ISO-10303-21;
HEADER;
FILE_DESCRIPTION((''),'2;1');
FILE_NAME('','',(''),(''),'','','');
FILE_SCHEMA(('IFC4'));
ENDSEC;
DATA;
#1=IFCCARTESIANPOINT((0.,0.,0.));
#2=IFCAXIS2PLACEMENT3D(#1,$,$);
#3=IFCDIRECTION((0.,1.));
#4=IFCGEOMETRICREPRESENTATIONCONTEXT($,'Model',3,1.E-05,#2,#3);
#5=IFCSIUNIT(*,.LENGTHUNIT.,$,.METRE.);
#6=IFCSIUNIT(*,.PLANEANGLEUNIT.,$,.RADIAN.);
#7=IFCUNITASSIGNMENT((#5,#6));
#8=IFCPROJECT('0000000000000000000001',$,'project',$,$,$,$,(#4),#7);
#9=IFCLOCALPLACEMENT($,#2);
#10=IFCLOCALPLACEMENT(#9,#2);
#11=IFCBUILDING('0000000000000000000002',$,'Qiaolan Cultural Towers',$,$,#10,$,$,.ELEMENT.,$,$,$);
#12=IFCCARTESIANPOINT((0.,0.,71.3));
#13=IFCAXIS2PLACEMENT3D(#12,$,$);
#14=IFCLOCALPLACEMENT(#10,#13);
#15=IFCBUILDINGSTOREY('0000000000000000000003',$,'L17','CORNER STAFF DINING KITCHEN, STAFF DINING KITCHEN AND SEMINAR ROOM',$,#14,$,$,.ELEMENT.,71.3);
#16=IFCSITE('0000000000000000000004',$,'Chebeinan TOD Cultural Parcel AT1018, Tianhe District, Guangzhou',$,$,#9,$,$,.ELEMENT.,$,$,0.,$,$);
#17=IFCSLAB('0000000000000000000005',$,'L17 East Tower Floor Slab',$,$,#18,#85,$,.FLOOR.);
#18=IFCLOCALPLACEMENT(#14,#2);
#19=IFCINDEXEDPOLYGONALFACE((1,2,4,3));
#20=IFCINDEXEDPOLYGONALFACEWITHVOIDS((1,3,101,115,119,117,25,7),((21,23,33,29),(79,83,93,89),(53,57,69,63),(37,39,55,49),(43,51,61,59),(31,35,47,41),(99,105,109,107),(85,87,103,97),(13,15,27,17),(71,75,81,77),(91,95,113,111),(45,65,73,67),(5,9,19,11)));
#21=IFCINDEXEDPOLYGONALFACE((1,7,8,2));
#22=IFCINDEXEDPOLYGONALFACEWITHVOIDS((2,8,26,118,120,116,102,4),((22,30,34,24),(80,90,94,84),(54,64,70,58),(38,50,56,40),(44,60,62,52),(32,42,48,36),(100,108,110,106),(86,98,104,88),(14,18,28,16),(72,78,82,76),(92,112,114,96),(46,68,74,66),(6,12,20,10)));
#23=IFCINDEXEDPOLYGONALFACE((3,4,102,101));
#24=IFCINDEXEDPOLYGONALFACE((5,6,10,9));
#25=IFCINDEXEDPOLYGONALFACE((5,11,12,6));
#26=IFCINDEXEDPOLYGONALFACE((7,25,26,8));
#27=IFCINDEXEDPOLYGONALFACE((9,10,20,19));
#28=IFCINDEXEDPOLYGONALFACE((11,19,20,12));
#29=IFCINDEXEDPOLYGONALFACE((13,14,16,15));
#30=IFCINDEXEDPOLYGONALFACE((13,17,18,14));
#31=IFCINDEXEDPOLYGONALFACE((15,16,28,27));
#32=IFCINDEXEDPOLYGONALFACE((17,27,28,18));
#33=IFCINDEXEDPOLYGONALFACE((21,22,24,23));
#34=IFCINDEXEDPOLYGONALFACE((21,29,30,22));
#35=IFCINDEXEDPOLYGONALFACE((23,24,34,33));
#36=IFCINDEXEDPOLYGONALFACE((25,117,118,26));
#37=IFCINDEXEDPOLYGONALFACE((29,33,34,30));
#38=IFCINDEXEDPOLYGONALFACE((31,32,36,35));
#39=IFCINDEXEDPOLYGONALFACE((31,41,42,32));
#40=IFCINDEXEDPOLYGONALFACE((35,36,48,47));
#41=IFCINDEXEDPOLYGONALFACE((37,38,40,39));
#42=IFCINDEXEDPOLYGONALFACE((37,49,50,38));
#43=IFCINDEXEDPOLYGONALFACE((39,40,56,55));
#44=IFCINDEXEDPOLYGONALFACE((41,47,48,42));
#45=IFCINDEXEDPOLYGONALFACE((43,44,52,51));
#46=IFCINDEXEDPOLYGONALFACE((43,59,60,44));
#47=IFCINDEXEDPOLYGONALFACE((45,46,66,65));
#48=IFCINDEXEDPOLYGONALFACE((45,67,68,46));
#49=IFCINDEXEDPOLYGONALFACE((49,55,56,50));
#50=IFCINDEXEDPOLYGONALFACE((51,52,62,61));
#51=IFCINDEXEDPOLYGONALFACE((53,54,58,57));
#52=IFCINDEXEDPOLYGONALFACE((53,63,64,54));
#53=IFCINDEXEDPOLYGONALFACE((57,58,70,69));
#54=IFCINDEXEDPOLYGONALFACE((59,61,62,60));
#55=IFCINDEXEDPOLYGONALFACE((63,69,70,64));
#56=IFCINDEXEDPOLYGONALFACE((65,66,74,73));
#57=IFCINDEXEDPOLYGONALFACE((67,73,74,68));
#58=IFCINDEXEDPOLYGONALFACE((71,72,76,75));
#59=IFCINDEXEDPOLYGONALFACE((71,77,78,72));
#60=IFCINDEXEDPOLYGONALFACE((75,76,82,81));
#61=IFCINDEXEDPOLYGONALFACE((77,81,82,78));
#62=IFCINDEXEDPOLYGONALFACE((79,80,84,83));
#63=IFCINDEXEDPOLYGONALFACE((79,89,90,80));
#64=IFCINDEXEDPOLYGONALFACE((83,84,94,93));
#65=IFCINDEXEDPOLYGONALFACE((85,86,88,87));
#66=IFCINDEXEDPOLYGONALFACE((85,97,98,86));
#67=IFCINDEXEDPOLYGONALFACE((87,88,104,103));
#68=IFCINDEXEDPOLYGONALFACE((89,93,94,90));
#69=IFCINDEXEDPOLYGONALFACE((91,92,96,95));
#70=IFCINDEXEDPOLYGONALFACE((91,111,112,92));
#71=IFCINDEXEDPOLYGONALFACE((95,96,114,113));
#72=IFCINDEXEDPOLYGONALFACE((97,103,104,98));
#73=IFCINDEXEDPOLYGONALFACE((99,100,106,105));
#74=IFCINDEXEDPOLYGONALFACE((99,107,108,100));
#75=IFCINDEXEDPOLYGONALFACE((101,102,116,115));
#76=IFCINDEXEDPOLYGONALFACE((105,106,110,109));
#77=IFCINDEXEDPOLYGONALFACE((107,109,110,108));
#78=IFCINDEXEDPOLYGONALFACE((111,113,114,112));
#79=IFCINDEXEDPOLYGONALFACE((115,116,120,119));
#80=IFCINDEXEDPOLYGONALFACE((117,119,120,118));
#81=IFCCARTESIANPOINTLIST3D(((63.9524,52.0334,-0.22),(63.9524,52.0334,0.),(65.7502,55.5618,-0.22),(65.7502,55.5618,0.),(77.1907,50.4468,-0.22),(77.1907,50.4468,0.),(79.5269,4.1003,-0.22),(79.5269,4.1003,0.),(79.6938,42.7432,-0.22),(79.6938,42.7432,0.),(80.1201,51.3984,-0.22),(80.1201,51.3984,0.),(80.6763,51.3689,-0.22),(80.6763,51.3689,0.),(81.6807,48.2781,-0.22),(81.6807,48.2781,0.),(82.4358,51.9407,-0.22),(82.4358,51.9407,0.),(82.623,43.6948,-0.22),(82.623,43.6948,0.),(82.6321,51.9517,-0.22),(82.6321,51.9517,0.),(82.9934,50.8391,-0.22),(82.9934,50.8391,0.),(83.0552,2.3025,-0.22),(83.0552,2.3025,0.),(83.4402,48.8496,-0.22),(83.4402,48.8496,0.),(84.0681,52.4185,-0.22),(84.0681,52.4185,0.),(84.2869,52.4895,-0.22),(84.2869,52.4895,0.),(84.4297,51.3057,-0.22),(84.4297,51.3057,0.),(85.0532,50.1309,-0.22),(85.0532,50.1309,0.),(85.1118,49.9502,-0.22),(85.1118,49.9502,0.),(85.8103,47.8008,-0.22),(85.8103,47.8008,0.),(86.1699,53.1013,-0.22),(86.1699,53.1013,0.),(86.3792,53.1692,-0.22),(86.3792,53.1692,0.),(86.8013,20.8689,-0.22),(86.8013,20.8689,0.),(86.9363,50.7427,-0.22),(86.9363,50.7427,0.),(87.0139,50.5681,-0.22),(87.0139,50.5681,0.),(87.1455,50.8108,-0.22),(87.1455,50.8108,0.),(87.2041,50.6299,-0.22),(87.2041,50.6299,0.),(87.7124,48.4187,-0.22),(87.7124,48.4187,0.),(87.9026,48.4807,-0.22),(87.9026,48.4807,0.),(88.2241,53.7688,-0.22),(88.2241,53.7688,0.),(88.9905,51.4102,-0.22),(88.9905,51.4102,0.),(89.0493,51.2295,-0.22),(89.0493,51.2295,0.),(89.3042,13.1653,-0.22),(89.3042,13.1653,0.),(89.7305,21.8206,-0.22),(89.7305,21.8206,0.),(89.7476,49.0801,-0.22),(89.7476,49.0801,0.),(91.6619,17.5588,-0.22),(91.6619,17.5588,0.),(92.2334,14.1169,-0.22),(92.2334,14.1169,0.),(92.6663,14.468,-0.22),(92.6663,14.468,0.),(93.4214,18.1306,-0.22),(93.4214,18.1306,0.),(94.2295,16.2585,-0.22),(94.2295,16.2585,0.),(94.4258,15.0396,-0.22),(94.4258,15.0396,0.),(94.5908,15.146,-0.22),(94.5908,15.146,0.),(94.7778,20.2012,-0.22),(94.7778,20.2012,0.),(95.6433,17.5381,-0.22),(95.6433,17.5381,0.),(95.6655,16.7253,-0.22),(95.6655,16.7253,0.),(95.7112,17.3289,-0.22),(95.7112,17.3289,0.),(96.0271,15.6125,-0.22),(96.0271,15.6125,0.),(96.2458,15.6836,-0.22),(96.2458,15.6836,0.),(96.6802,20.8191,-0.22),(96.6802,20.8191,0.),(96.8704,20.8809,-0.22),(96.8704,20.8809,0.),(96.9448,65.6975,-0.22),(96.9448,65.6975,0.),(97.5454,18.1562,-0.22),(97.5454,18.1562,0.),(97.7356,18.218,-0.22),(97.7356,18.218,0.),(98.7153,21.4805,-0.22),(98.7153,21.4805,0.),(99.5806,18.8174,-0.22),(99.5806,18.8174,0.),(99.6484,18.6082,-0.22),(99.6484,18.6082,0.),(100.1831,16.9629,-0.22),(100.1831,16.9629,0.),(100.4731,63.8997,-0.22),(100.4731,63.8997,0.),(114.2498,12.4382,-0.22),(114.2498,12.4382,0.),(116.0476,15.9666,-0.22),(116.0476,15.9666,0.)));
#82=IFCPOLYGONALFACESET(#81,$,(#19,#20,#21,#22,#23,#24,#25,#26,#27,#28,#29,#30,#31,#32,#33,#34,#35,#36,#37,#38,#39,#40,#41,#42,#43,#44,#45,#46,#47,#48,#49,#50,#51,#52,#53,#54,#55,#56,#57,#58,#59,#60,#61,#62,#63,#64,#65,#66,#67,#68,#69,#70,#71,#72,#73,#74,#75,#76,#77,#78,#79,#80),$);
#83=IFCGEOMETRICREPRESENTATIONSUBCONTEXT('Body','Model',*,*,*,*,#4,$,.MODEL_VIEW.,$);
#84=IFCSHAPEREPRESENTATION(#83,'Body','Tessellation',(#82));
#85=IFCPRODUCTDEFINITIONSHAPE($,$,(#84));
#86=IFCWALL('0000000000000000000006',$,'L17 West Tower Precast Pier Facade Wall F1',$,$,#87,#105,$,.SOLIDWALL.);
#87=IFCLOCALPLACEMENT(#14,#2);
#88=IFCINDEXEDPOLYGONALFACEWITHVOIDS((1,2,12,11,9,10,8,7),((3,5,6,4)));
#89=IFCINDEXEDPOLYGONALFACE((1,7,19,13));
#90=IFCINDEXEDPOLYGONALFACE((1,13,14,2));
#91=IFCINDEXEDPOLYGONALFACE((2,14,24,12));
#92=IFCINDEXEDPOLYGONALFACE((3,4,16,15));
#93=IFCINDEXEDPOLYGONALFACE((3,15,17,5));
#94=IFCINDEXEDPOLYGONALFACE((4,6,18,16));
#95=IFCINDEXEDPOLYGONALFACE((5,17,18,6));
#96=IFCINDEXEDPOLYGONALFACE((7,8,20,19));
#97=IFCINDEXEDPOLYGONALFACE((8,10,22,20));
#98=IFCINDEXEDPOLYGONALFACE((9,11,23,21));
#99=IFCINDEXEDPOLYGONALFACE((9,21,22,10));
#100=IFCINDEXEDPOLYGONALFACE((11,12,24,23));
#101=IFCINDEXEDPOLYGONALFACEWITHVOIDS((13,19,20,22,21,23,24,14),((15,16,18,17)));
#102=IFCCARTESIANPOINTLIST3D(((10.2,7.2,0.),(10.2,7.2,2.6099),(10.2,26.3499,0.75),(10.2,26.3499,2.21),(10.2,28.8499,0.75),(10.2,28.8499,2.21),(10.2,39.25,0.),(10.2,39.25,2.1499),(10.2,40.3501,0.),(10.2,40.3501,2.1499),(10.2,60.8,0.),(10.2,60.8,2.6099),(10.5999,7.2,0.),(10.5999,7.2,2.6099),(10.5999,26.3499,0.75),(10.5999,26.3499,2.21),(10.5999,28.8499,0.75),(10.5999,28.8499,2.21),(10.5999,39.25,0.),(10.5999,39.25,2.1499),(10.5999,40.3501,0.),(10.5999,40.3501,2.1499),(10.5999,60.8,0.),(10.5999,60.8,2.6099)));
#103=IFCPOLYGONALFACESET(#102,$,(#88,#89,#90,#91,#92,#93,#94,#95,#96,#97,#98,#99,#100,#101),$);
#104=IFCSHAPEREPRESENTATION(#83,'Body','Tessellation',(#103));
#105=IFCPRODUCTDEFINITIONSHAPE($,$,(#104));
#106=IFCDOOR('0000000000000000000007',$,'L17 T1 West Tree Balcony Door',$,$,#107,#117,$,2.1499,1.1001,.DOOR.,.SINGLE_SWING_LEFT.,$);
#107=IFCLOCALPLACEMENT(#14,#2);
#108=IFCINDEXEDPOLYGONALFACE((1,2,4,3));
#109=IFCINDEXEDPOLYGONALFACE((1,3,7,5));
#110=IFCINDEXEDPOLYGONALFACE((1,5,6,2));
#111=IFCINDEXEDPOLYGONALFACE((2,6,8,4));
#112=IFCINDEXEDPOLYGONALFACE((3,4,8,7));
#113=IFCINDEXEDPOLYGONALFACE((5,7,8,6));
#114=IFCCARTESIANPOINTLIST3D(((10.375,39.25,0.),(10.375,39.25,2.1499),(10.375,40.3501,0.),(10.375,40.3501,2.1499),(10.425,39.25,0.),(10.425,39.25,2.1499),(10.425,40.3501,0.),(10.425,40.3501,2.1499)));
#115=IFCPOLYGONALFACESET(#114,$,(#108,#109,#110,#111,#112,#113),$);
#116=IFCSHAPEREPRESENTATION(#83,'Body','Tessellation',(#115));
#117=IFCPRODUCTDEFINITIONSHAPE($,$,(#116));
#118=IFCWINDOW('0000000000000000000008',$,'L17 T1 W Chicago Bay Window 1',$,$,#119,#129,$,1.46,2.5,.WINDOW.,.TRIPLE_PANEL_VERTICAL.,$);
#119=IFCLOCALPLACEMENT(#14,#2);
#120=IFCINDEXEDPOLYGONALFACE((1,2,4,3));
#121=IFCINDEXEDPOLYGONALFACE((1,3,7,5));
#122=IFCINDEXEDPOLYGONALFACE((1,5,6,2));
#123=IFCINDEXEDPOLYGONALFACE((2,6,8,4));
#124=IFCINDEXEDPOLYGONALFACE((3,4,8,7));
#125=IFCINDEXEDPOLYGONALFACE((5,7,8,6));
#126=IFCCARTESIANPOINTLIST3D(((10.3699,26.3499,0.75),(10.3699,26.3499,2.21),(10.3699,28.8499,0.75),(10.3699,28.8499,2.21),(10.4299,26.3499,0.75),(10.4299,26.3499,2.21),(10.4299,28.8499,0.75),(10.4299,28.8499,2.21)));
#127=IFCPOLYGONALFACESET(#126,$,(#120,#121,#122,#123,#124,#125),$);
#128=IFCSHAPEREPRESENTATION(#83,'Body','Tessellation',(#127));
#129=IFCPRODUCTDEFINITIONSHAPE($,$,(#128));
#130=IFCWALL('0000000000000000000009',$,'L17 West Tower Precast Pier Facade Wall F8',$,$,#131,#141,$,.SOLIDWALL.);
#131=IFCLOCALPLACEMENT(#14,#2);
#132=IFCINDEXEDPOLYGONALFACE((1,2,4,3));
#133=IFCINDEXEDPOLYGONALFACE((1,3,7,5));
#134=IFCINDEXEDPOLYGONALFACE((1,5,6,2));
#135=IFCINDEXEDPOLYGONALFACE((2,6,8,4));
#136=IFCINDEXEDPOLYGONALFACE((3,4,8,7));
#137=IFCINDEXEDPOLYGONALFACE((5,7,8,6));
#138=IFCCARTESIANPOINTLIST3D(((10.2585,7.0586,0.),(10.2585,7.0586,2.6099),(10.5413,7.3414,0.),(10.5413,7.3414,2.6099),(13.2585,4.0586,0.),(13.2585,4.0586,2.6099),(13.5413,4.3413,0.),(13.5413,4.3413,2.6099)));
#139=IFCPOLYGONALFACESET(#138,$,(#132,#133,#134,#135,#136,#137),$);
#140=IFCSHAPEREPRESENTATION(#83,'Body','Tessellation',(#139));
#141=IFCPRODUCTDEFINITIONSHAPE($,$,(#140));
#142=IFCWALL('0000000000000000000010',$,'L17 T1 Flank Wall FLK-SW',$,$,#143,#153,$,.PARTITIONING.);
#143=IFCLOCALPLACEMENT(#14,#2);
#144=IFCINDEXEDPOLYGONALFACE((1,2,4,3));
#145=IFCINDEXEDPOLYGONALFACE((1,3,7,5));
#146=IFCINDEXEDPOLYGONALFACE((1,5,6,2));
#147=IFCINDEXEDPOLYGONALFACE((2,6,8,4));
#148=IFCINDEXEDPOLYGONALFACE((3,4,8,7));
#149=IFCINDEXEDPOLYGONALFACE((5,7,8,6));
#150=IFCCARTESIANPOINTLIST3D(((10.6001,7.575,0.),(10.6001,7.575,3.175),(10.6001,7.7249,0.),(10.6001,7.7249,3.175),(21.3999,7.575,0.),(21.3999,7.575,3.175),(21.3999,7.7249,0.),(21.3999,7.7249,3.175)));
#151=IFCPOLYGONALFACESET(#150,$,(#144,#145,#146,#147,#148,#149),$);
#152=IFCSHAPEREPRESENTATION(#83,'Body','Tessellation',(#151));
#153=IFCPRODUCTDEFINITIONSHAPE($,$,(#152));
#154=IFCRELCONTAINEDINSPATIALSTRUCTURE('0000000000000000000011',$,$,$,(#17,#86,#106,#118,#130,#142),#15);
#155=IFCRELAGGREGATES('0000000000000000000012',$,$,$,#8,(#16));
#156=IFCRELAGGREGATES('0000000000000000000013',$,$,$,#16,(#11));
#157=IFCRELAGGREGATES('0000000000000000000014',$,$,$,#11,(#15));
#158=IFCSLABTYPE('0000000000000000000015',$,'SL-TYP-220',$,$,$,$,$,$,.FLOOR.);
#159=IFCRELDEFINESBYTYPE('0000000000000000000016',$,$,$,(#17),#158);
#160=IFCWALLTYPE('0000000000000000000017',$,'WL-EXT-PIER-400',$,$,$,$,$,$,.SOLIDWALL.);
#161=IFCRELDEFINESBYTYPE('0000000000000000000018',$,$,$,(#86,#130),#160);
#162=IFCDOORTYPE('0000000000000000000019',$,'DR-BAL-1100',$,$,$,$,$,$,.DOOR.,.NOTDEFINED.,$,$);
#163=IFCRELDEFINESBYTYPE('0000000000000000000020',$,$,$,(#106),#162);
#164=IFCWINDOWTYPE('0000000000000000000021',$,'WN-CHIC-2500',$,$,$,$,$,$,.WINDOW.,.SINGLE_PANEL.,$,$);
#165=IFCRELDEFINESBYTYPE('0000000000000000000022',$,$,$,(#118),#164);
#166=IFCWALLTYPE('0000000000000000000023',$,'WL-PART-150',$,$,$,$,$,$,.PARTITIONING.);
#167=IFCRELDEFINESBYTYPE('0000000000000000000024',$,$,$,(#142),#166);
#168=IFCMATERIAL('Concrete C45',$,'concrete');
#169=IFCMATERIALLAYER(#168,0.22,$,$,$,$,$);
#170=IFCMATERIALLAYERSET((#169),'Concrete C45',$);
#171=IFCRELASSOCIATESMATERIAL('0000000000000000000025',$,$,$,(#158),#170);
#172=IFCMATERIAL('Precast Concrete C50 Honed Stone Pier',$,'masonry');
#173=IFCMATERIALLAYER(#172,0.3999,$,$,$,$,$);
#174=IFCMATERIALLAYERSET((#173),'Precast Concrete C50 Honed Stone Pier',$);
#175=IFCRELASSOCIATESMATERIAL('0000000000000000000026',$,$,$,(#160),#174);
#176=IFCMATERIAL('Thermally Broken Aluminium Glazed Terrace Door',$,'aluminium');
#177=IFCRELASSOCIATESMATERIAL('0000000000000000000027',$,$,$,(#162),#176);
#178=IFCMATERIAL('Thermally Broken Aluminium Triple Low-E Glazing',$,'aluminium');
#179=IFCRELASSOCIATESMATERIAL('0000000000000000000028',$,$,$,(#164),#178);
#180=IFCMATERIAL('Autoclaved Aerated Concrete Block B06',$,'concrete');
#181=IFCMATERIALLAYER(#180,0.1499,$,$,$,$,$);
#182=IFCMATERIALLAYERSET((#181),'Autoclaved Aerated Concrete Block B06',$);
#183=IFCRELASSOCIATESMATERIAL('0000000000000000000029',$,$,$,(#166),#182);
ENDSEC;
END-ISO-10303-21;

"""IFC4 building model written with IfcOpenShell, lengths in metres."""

from ifc_helpers import new_model, si_unit, direction, frame, frame_2d, origin, place, context, subcontext, project, spatial, polyline, rectangle, outline, extrude, material, layer, layer_set, type_object, element, fill, save


model = new_model("IFC4")

# Units and contexts
model_context = context("Model", 3, precision=1e-05, world=origin(), true_north=direction((0.0, 1.0)))
body_context = subcontext(model_context, "Body", "Model", "MODEL_VIEW")
ifc_project = project(units=[si_unit("LENGTHUNIT", "METRE"), si_unit("PLANEANGLEUNIT", "RADIAN")], contexts=[model_context])

# Site, building, storey
site_placement = place(None, origin())
site = spatial("IfcSite", under=ifc_project, at=site_placement, Name="Chebeinan TOD Cultural Parcel AT1018, Tianhe District, Guangzhou", CompositionType="ELEMENT", RefElevation=0.0)
building_placement = place(site_placement, origin())
building = spatial("IfcBuilding", under=site, at=building_placement, Name="Qiaolan Cultural Towers", CompositionType="ELEMENT")
storey_placement = place(building_placement, frame((0.0, 0.0, 71.3)))
storey = spatial("IfcBuildingStorey", under=building, at=storey_placement, Name="L17", Description="CORNER STAFF DINING KITCHEN, STAFF DINING KITCHEN AND SEMINAR ROOM", CompositionType="ELEMENT", Elevation=71.3)

# Slab
ifc_material_1 = material(Name="Concrete C45", Category="concrete")
ifc_layer_1 = layer(ifc_material_1, 0.22)
ifc_layer_set_1 = layer_set([ifc_layer_1], Name="Concrete C45")
slab_type_1 = type_object("IfcSlabType", Name="SL-TYP-220", PredefinedType="FLOOR", material=ifc_layer_set_1)
slab_1_placement = place(storey_placement, frame((0.0, 0.0, -0.22)))
element("IfcSlab", 1, at=slab_1_placement, inside=storey, type_object=slab_type_1, Name="L17 East Tower Floor Slab", PredefinedType="FLOOR", context=body_context, shape_type="SweptSolid", body=[
    extrude(outline(polyline([(83.0552, 2.3025), (114.2498, 12.4382), (116.0476, 15.9666), (100.4731, 63.8997), (96.9448, 65.6975), (65.7502, 55.5618), (63.9524, 52.0334), (79.5269, 4.1003), (83.0552, 2.3025)]), holes=[polyline([(86.8013, 20.8689), (89.3042, 13.1653), (92.2334, 14.1169), (89.7305, 21.8206), (86.8013, 20.8689)]), polyline([(82.623, 43.6948), (80.1201, 51.3984), (77.1907, 50.4468), (79.6938, 42.7432), (82.623, 43.6948)]), polyline([(92.6663, 14.468), (94.4258, 15.0396), (93.4214, 18.1306), (91.6619, 17.5588), (92.6663, 14.468)]), polyline([(94.5908, 15.146), (96.0271, 15.6125), (95.6655, 16.7253), (94.2295, 16.2585), (94.5908, 15.146)]), polyline([(95.6433, 17.5381), (97.5454, 18.1562), (96.6802, 20.8191), (94.7778, 20.2012), (95.6433, 17.5381)]), polyline([(97.7356, 18.218), (99.5806, 18.8174), (98.7153, 21.4805), (96.8704, 20.8809), (97.7356, 18.218)]), polyline([(96.2458, 15.6836), (100.1831, 16.9629), (99.6484, 18.6082), (95.7112, 17.3289), (96.2458, 15.6836)]), polyline([(81.6807, 48.2781), (83.4402, 48.8496), (82.4358, 51.9407), (80.6763, 51.3689), (81.6807, 48.2781)]), polyline([(82.9934, 50.8391), (84.4297, 51.3057), (84.0681, 52.4185), (82.6321, 51.9517), (82.9934, 50.8391)]), polyline([(85.8103, 47.8008), (87.7124, 48.4187), (87.0139, 50.5681), (85.1118, 49.9502), (85.8103, 47.8008)]), polyline([(87.9026, 48.4807), (89.7476, 49.0801), (89.0493, 51.2295), (87.2041, 50.6299), (87.9026, 48.4807)]), polyline([(85.0532, 50.1309), (86.9363, 50.7427), (86.1699, 53.1013), (84.2869, 52.4895), (85.0532, 50.1309)]), polyline([(87.1455, 50.8108), (88.9905, 51.4102), (88.2241, 53.7688), (86.3792, 53.1692), (87.1455, 50.8108)])]), origin(), (0.0, 0.0, 1.0), 0.22),
])

# Wall, openings, door, window
ifc_material_2 = material(Name="Precast Concrete C50 Honed Stone Pier", Category="masonry")
ifc_layer_2 = layer(ifc_material_2, 0.3999)
ifc_layer_set_2 = layer_set([ifc_layer_2], Name="Precast Concrete C50 Honed Stone Pier")
wall_type_1 = type_object("IfcWallType", Name="WL-EXT-PIER-400", PredefinedType="SOLIDWALL", material=ifc_layer_set_2)
wall_1_placement = place(storey_placement, frame((10.3999, 7.2, 0.0), z_axis=(0.0, 0.0, 1.0), x_axis=(0.0, 1.0, 0.0)))
wall_1 = element("IfcWall", 2, at=wall_1_placement, inside=storey, type_object=wall_type_1, Name="L17 West Tower Precast Pier Facade Wall F1", PredefinedType="SOLIDWALL", context=body_context, shape_type="SweptSolid", body=[
    extrude(rectangle(XDim=53.6001, YDim=0.3999, at=frame_2d((26.8, 0.0))), origin(), (0.0, 0.0, 1.0), 2.6099),
])
opening_1_placement = place(wall_1_placement, frame((19.1499, 0.0, 0.75)))
opening_1 = element("IfcOpeningElement", 3, at=opening_1_placement, cuts=wall_1, PredefinedType="OPENING", context=body_context, shape_type="SweptSolid", body=[
    extrude(rectangle(XDim=2.5, YDim=1.46, at=frame_2d((1.25, 0.73))), frame((0.0, 0.21, 0.0), z_axis=(0.0, -1.0, 0.0), x_axis=(1.0, 0.0, 0.0)), (0.0, 0.0, 1.0), 0.4199),
])
opening_2_placement = place(wall_1_placement, frame((32.05, 0.0, 0.0)))
opening_2 = element("IfcOpeningElement", 4, at=opening_2_placement, cuts=wall_1, PredefinedType="OPENING", context=body_context, shape_type="SweptSolid", body=[
    extrude(rectangle(XDim=1.1001, YDim=2.1499, at=frame_2d((0.55, 1.075))), frame((0.0, 0.21, 0.0), z_axis=(0.0, -1.0, 0.0), x_axis=(1.0, 0.0, 0.0)), (0.0, 0.0, 1.0), 0.4199),
])
ifc_material_3 = material(Name="Thermally Broken Aluminium Glazed Terrace Door", Category="aluminium")
door_type = type_object("IfcDoorType", Name="DR-BAL-1100", OperationType="NOTDEFINED", PredefinedType="DOOR", material=ifc_material_3)
door_placement = place(opening_2_placement, origin())
door = element("IfcDoor", 5, at=door_placement, inside=storey, type_object=door_type, Name="L17 T1 West Tree Balcony Door", OperationType="SINGLE_SWING_LEFT", OverallHeight=2.1499, OverallWidth=1.1001, PredefinedType="DOOR", context=body_context, shape_type="SweptSolid", body=[
    extrude(rectangle(XDim=1.1001, YDim=2.1499, at=frame_2d((0.55, 1.075))), frame((0.0, 0.0249, 0.0), z_axis=(0.0, -1.0, 0.0), x_axis=(1.0, 0.0, 0.0)), (0.0, 0.0, 1.0), 0.05),
])
fill(opening_2, door)
ifc_material_4 = material(Name="Thermally Broken Aluminium Triple Low-E Glazing", Category="aluminium")
window_type = type_object("IfcWindowType", Name="WN-CHIC-2500", PartitioningType="SINGLE_PANEL", PredefinedType="WINDOW", material=ifc_material_4)
window_placement = place(opening_1_placement, origin())
window = element("IfcWindow", 6, at=window_placement, inside=storey, type_object=window_type, Name="L17 T1 W Chicago Bay Window 1", OverallHeight=1.46, OverallWidth=2.5, PartitioningType="TRIPLE_PANEL_VERTICAL", PredefinedType="WINDOW", context=body_context, shape_type="SweptSolid", body=[
    extrude(rectangle(XDim=2.5, YDim=1.46, at=frame_2d((1.25, 0.73))), frame((0.0, 0.03, 0.0), z_axis=(0.0, -1.0, 0.0), x_axis=(1.0, 0.0, 0.0)), (0.0, 0.0, 1.0), 0.0601),
])
fill(opening_1, window)

# Walls
wall_2_placement = place(storey_placement, frame((13.3999, 4.2, 0.0), z_axis=(0.0, 0.0, 1.0), x_axis=(-0.707107, 0.707107, 0.0)))
element("IfcWall", 7, at=wall_2_placement, inside=storey, type_object=wall_type_1, Name="L17 West Tower Precast Pier Facade Wall F8", PredefinedType="SOLIDWALL", context=body_context, shape_type="SweptSolid", body=[
    extrude(rectangle(XDim=4.2427, YDim=0.3999, at=frame_2d((2.1213, 0.0))), origin(), (0.0, 0.0, 1.0), 2.6099),
])
ifc_material_5 = material(Name="Autoclaved Aerated Concrete Block B06", Category="concrete")
ifc_layer_3 = layer(ifc_material_5, 0.1499)
ifc_layer_set_3 = layer_set([ifc_layer_3], Name="Autoclaved Aerated Concrete Block B06")
wall_type_2 = type_object("IfcWallType", Name="WL-PART-150", PredefinedType="PARTITIONING", material=ifc_layer_set_3)
wall_3_placement = place(storey_placement, frame((10.6001, 7.6499, 0.0), z_axis=(0.0, 0.0, 1.0), x_axis=(1.0, 0.0, 0.0)))
element("IfcWall", 8, at=wall_3_placement, inside=storey, type_object=wall_type_2, Name="L17 T1 Flank Wall FLK-SW", PredefinedType="PARTITIONING", context=body_context, shape_type="SweptSolid", body=[
    extrude(rectangle(XDim=10.7998, YDim=0.1499, at=frame_2d((5.3999, 0.0))), origin(), (0.0, 0.0, 1.0), 3.175),
])

save(model, "model.ifc")
